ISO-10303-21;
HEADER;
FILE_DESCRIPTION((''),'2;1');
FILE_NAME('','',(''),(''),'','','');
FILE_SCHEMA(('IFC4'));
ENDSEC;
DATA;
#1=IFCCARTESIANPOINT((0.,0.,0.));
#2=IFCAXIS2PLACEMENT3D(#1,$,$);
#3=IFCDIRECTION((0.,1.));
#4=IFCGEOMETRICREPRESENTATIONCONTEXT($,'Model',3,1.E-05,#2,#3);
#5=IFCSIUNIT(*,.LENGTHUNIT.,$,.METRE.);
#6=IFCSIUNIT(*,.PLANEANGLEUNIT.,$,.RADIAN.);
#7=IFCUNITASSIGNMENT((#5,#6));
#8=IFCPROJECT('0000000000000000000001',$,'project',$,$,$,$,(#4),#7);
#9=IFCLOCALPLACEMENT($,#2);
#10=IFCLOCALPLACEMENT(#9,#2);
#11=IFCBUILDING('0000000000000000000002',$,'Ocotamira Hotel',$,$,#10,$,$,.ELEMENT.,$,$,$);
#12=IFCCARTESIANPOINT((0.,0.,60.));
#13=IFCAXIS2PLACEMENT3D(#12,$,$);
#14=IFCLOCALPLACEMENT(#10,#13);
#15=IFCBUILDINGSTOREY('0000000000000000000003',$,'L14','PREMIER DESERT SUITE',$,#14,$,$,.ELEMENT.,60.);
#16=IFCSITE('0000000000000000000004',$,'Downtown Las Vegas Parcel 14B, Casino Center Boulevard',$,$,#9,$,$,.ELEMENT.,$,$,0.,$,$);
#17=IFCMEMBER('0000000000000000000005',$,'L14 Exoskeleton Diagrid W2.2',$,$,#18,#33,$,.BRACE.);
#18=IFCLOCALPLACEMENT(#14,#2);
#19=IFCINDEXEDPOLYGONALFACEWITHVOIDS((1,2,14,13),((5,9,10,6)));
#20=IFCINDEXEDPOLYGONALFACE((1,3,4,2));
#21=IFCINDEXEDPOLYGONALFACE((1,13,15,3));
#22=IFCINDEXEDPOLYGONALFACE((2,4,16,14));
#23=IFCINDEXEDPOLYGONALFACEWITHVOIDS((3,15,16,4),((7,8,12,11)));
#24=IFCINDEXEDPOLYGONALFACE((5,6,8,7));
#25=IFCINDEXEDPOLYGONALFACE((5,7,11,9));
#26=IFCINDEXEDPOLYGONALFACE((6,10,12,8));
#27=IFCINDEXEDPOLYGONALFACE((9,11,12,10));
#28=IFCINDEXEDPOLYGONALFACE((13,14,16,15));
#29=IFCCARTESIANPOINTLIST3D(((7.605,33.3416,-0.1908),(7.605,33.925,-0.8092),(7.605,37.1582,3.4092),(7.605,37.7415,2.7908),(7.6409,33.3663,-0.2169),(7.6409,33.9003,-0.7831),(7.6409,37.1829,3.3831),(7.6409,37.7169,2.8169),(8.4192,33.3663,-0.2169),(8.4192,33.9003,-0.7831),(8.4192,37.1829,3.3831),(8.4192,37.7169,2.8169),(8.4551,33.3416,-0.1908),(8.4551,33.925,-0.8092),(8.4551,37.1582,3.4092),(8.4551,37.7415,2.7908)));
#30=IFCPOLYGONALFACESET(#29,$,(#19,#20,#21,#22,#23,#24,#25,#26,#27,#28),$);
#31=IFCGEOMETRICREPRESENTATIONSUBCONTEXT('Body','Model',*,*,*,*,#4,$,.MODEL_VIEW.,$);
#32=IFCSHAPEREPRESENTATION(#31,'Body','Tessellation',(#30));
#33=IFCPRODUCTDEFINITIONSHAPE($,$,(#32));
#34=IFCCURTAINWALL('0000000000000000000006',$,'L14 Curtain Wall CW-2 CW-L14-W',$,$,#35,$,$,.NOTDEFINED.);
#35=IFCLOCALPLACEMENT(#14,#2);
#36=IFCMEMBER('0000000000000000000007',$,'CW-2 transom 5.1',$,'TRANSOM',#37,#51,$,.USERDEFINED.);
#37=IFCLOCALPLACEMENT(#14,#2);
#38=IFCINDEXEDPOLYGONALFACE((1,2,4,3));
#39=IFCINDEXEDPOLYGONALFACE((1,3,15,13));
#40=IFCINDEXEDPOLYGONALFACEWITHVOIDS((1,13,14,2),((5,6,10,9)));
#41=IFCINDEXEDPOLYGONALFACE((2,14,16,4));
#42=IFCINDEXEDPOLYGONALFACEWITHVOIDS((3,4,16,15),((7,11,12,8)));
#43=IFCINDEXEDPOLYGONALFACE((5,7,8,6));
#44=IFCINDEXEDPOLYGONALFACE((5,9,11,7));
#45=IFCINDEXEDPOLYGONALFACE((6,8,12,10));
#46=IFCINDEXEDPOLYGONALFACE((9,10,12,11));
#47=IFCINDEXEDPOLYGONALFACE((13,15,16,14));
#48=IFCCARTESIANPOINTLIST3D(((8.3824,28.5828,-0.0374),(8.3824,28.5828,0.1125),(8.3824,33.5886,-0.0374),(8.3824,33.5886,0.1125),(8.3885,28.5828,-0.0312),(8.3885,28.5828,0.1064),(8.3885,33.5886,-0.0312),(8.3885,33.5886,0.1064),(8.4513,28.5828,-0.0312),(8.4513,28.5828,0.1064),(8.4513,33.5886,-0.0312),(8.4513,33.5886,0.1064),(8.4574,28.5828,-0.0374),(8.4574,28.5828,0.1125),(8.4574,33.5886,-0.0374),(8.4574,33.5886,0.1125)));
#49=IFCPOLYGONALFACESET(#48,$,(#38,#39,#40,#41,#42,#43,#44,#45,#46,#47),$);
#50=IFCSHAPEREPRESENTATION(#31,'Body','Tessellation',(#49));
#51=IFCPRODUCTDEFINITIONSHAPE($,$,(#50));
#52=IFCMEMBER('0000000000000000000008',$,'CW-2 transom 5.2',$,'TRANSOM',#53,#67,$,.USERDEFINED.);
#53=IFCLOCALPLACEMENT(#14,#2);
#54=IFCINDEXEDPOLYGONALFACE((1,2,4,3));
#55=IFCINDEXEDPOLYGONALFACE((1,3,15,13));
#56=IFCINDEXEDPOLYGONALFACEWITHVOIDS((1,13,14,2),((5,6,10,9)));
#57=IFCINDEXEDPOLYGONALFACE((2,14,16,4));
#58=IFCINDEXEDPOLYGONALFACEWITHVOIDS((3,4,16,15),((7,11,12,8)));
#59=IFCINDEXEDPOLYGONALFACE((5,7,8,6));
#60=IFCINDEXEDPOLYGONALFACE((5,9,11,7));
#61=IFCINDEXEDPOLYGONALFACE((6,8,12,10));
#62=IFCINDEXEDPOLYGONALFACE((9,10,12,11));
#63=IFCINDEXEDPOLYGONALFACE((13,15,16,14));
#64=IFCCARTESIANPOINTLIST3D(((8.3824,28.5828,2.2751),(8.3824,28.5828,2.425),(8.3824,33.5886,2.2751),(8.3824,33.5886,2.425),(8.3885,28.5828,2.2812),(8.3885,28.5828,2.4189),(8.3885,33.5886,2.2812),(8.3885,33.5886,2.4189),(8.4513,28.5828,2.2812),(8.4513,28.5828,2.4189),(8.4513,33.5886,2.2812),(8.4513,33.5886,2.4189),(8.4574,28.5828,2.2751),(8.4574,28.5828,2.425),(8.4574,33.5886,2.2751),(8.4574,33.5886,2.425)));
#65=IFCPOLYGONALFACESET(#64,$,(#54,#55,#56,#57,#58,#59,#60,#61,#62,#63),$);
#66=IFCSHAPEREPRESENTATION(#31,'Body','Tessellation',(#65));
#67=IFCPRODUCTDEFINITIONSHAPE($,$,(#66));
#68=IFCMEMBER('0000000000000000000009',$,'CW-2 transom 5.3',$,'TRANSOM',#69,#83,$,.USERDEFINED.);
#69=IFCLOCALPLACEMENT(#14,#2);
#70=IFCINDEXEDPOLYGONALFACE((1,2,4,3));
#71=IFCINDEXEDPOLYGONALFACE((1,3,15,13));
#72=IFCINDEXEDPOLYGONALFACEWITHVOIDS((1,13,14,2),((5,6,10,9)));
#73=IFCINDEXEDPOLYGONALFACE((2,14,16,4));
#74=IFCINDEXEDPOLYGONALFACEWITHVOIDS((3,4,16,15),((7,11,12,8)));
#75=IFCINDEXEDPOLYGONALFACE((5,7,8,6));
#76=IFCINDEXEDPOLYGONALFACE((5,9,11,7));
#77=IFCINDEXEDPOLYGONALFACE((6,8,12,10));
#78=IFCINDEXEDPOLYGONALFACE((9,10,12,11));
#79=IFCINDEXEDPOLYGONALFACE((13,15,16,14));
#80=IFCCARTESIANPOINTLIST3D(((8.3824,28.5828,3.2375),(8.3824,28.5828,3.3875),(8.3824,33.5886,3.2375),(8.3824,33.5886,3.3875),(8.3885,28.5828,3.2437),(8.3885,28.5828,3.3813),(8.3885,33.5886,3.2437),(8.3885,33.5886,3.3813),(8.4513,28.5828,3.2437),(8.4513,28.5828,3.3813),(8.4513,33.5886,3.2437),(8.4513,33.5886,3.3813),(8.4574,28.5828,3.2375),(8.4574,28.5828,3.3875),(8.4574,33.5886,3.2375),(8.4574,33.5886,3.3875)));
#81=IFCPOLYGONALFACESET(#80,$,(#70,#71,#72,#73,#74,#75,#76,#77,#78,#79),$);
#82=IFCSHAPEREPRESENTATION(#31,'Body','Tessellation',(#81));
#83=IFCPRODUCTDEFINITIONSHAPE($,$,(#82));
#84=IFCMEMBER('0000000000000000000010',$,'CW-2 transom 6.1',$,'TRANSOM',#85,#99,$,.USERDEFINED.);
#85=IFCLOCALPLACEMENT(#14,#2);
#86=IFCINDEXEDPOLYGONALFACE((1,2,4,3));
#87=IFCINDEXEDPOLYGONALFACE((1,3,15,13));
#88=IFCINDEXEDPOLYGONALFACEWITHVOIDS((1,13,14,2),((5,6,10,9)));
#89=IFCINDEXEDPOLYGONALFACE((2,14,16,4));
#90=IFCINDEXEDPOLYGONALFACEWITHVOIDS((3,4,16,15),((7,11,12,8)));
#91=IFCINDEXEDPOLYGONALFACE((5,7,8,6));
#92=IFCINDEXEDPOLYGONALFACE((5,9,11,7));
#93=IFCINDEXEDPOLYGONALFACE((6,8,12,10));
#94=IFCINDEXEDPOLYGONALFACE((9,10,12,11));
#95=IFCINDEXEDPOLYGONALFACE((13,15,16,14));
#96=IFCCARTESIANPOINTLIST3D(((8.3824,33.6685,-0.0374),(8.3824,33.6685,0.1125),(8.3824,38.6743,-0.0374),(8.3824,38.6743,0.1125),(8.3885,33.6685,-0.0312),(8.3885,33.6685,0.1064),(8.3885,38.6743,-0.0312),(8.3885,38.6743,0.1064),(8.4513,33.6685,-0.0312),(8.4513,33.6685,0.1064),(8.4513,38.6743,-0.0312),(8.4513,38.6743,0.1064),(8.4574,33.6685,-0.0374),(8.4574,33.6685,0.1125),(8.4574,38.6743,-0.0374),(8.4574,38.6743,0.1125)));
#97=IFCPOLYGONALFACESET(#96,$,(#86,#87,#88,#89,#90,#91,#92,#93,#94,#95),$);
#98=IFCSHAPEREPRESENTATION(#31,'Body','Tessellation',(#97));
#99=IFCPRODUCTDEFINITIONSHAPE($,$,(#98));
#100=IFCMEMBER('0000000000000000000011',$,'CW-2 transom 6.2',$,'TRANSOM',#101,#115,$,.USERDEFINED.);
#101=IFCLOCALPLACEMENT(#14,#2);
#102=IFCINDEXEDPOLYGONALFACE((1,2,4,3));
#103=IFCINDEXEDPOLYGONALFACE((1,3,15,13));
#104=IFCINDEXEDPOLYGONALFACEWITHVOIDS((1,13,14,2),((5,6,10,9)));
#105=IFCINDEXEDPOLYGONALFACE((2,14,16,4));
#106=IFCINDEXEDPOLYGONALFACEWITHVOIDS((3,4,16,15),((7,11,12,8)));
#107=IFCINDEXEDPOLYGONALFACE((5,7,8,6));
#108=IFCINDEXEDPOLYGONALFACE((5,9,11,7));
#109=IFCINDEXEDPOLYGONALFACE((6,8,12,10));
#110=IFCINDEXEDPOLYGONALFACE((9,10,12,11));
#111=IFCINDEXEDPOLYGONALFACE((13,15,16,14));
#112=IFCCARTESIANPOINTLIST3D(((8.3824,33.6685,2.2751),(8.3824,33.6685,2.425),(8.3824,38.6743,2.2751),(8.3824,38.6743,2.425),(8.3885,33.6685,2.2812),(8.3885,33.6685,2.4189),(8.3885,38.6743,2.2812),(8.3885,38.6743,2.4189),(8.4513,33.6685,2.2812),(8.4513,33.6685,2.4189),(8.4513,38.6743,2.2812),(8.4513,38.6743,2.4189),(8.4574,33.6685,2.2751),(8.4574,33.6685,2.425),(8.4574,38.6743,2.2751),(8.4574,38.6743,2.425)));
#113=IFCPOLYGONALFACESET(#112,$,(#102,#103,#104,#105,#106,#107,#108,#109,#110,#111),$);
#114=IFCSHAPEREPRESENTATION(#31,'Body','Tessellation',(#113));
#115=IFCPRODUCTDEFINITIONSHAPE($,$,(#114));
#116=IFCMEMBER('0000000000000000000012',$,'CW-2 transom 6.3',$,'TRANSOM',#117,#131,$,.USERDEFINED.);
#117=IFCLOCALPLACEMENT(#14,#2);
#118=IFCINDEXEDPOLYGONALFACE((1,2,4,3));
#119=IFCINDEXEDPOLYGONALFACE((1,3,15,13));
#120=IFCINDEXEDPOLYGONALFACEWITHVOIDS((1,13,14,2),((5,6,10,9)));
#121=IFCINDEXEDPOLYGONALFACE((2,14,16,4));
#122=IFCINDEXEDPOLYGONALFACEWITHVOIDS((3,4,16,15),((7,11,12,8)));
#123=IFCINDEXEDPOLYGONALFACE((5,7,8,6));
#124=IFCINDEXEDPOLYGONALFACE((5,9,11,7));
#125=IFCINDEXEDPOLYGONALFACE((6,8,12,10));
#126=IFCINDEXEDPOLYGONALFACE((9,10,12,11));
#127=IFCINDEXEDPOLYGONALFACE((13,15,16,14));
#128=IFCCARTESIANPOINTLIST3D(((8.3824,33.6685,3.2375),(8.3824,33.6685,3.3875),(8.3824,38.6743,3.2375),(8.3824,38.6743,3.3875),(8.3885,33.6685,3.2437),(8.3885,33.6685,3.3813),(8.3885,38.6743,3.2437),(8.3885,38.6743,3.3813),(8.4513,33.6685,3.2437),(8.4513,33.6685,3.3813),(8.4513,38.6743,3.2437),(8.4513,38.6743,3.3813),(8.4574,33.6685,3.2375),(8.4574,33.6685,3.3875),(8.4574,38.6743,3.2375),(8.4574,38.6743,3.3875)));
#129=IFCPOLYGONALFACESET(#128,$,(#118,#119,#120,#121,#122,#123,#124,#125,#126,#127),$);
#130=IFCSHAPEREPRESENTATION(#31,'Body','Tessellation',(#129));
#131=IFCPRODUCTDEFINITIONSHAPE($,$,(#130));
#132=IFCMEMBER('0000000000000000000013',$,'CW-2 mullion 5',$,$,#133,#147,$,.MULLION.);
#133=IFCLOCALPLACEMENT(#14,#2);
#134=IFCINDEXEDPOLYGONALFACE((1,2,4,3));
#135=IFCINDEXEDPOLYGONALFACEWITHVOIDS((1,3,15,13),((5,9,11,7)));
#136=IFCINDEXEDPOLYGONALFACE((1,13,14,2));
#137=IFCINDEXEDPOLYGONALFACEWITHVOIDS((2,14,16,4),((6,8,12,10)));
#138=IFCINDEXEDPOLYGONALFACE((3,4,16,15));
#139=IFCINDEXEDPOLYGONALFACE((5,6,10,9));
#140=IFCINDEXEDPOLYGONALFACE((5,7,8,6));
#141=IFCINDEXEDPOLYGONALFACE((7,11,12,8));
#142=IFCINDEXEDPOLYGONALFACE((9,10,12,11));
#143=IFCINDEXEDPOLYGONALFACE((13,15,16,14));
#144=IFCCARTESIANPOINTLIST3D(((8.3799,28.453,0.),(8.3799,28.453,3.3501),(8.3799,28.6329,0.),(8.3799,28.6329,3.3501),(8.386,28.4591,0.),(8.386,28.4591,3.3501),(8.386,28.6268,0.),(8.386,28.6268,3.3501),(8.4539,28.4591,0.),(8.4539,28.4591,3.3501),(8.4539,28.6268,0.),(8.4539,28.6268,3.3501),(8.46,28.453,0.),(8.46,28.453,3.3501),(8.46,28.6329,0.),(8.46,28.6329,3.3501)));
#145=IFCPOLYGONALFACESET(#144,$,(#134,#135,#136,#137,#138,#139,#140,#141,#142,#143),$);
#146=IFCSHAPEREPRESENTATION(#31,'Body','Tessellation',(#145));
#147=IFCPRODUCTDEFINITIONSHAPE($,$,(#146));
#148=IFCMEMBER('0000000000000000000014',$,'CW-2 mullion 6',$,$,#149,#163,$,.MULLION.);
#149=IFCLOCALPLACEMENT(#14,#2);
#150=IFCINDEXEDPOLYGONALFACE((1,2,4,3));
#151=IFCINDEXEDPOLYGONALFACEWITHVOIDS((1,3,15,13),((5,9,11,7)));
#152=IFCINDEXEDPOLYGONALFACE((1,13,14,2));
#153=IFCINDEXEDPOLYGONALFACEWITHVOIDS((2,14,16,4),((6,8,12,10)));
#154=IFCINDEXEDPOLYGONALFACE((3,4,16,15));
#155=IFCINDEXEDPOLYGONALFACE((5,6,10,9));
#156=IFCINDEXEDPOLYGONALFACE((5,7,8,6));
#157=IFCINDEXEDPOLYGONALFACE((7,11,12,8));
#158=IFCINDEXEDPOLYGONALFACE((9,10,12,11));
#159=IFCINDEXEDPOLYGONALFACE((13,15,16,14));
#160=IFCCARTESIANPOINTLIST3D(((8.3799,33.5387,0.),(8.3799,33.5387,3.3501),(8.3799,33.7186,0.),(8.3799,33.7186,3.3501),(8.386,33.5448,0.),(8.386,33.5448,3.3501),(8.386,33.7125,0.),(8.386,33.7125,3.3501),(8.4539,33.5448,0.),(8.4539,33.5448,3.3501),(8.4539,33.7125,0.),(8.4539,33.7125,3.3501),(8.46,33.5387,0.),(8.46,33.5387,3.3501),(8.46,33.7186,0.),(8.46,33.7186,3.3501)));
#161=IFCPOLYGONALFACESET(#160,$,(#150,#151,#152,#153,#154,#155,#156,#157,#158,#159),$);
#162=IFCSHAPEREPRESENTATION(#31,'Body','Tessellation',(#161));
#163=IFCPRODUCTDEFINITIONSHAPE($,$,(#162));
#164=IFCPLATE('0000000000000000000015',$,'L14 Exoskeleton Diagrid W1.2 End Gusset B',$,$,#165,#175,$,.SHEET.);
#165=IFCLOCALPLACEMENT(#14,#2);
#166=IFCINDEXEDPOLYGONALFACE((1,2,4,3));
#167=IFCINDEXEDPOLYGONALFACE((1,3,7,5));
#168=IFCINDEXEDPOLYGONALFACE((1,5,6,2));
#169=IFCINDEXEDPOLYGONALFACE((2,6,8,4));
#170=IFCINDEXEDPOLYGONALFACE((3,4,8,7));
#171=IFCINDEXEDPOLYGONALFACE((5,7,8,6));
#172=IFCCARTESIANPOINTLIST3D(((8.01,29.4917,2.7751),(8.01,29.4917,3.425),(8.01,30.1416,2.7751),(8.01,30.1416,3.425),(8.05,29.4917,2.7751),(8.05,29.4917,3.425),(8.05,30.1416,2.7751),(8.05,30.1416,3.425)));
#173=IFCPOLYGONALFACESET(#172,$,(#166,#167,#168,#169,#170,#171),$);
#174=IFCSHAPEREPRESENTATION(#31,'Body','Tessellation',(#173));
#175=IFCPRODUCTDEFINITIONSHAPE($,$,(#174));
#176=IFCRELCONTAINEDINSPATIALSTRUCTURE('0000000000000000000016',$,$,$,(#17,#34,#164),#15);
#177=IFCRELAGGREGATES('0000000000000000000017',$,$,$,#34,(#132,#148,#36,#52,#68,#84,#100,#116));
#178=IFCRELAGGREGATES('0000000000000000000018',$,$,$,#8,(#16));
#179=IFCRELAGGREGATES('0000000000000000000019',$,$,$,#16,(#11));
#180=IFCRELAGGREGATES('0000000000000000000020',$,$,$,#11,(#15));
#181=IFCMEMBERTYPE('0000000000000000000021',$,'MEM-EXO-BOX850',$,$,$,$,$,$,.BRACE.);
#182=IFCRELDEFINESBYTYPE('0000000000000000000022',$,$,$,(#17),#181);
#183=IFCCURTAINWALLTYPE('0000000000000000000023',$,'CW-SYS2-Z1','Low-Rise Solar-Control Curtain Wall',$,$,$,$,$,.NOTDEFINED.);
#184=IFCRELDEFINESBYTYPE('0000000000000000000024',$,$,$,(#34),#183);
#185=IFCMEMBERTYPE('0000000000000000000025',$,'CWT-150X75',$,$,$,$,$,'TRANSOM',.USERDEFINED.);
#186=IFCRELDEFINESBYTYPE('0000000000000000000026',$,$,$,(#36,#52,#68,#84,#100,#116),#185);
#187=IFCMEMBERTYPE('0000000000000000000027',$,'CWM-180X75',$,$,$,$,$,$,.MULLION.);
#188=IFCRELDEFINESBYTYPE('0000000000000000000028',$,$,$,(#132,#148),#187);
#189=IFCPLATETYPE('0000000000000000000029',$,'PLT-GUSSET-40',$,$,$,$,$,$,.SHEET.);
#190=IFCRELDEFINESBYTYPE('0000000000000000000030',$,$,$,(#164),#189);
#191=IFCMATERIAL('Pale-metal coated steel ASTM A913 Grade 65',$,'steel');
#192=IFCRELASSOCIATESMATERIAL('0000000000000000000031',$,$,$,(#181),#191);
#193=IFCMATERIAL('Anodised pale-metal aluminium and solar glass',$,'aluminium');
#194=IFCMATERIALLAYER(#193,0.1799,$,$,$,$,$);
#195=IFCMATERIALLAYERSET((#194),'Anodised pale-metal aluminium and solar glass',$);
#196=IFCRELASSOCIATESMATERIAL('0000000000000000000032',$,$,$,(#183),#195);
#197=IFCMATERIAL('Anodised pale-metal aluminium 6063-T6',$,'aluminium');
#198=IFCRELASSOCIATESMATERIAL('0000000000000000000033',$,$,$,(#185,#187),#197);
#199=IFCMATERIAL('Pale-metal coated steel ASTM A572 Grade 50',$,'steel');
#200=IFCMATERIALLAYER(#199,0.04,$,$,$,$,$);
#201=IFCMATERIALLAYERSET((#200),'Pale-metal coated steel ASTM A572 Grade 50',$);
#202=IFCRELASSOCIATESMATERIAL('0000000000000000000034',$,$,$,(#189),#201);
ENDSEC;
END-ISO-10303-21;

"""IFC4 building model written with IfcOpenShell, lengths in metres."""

from ifc_helpers import new_model, si_unit, direction, frame, origin, origin_2d, place, context, subcontext, project, spatial, rectangle, hollow_rectangle, extrude, source, transform, mapped, material, layer, layer_set, material_profile, profile_set, type_object, element, aggregate, save


model = new_model("IFC4")

# Units and contexts
model_context = context("Model", 3, precision=1e-05, world=origin(), true_north=direction((0.0, 1.0)))
body_context = subcontext(model_context, "Body", "Model", "MODEL_VIEW")
ifc_project = project(units=[si_unit("LENGTHUNIT", "METRE"), si_unit("PLANEANGLEUNIT", "RADIAN")], contexts=[model_context])

# Site, building, storey
site_placement = place(None, origin())
site = spatial("IfcSite", under=ifc_project, at=site_placement, Name="Downtown Las Vegas Parcel 14B, Casino Center Boulevard", CompositionType="ELEMENT", RefElevation=0.0)
building_placement = place(site_placement, origin())
building = spatial("IfcBuilding", under=site, at=building_placement, Name="Ocotamira Hotel", CompositionType="ELEMENT")
storey_placement = place(building_placement, frame((0.0, 0.0, 60.0)))
storey = spatial("IfcBuildingStorey", under=building, at=storey_placement, Name="L14", Description="PREMIER DESERT SUITE", CompositionType="ELEMENT", Elevation=60.0)

# Member
ifc_material_1 = material(Name="Pale-metal coated steel ASTM A913 Grade 65", Category="steel")
ifc_material_profile_1 = material_profile(ifc_material_1, hollow_rectangle(XDim=0.8501, YDim=0.8501, WallThickness=0.0359, at=origin_2d()), Name="BOX850X850X36")
ifc_profile_set_1 = profile_set([ifc_material_profile_1], Name="Pale-metal coated steel ASTM A913 Grade 65")
member_type_1 = type_object("IfcMemberType", Name="MEM-EXO-BOX850", PredefinedType="BRACE", material=ifc_profile_set_1)
shared_shape_1 = source(origin(), body_context, "Body", "SweptSolid", [
    extrude(hollow_rectangle(XDim=0.8501, YDim=0.8501, WallThickness=0.0359, at=origin_2d()), origin(), (0.0, 0.0, 1.0), 5.2466),
])
for number, where, z_axis, x_axis, name in (
    (1, (8.03, 33.6333, -0.5), (0.0, 0.727443, 0.686168), (-1.0, 0.0, 0.0), "L14 Exoskeleton Diagrid W2.2"),
):
    element("IfcMember", number, at=place(storey_placement, frame(where, z_axis=z_axis, x_axis=x_axis)), inside=storey, type_object=member_type_1, Name=name, PredefinedType="BRACE", context=body_context, shape_type="MappedRepresentation", body=[
        mapped(shared_shape_1, transform((0.0, 0.0, 0.0), scale=1.0)),
    ])

# Curtain wall, members
ifc_material_2 = material(Name="Anodised pale-metal aluminium and solar glass", Category="aluminium")
ifc_layer_1 = layer(ifc_material_2, 0.1799)
ifc_layer_set_1 = layer_set([ifc_layer_1], Name="Anodised pale-metal aluminium and solar glass")
curtain_wall_type = type_object("IfcCurtainWallType", Name="CW-SYS2-Z1", Description="Low-Rise Solar-Control Curtain Wall", PredefinedType="NOTDEFINED", material=ifc_layer_set_1)
curtain_wall_placement = place(storey_placement, origin())
curtain_wall = element("IfcCurtainWall", 2, at=curtain_wall_placement, inside=storey, type_object=curtain_wall_type, Name="L14 Curtain Wall CW-2 CW-L14-W", PredefinedType="NOTDEFINED")
ifc_material_3 = material(Name="Anodised pale-metal aluminium 6063-T6", Category="aluminium")
ifc_material_profile_2 = material_profile(ifc_material_3, hollow_rectangle(XDim=0.075, YDim=0.1499, WallThickness=0.0061, at=origin_2d()), Name="HSS150X75X6")
ifc_profile_set_2 = profile_set([ifc_material_profile_2], Name="Anodised pale-metal aluminium 6063-T6")
member_type_2 = type_object("IfcMemberType", Name="CWT-150X75", ElementType="TRANSOM", PredefinedType="USERDEFINED", material=ifc_profile_set_2)
shared_shape_2 = source(origin(), body_context, "Body", "SweptSolid", [
    extrude(hollow_rectangle(XDim=0.075, YDim=0.1499, WallThickness=0.0061, at=origin_2d()), origin(), (0.0, 0.0, 1.0), 5.0059),
])
member_1_placement = place(storey_placement, frame((8.4199, 28.5828, 0.0376), z_axis=(0.0, 1.0, 0.0), x_axis=(-1.0, 0.0, 0.0)))
member_1 = element("IfcMember", 3, at=member_1_placement, type_object=member_type_2, Name="CW-2 transom 5.1", ObjectType="TRANSOM", PredefinedType="USERDEFINED", context=body_context, shape_type="MappedRepresentation", body=[
    mapped(shared_shape_2, transform((0.0, 0.0, 0.0), scale=1.0)),
])
member_2_placement = place(storey_placement, frame((8.4199, 28.5828, 2.3501), z_axis=(0.0, 1.0, 0.0), x_axis=(-1.0, 0.0, 0.0)))
member_2 = element("IfcMember", 4, at=member_2_placement, type_object=member_type_2, Name="CW-2 transom 5.2", ObjectType="TRANSOM", PredefinedType="USERDEFINED", context=body_context, shape_type="MappedRepresentation", body=[
    mapped(shared_shape_2, transform((0.0, 0.0, 0.0), scale=1.0)),
])
member_3_placement = place(storey_placement, frame((8.4199, 28.5828, 3.3125), z_axis=(0.0, 1.0, 0.0), x_axis=(-1.0, 0.0, 0.0)))
member_3 = element("IfcMember", 5, at=member_3_placement, type_object=member_type_2, Name="CW-2 transom 5.3", ObjectType="TRANSOM", PredefinedType="USERDEFINED", context=body_context, shape_type="MappedRepresentation", body=[
    mapped(shared_shape_2, transform((0.0, 0.0, 0.0), scale=1.0)),
])
member_4_placement = place(storey_placement, frame((8.4199, 33.6685, 0.0376), z_axis=(0.0, 1.0, 0.0), x_axis=(-1.0, 0.0, 0.0)))
member_4 = element("IfcMember", 6, at=member_4_placement, type_object=member_type_2, Name="CW-2 transom 6.1", ObjectType="TRANSOM", PredefinedType="USERDEFINED", context=body_context, shape_type="MappedRepresentation", body=[
    mapped(shared_shape_2, transform((0.0, 0.0, 0.0), scale=1.0)),
])
member_5_placement = place(storey_placement, frame((8.4199, 33.6685, 2.3501), z_axis=(0.0, 1.0, 0.0), x_axis=(-1.0, 0.0, 0.0)))
member_5 = element("IfcMember", 7, at=member_5_placement, type_object=member_type_2, Name="CW-2 transom 6.2", ObjectType="TRANSOM", PredefinedType="USERDEFINED", context=body_context, shape_type="MappedRepresentation", body=[
    mapped(shared_shape_2, transform((0.0, 0.0, 0.0), scale=1.0)),
])
member_6_placement = place(storey_placement, frame((8.4199, 33.6685, 3.3125), z_axis=(0.0, 1.0, 0.0), x_axis=(-1.0, 0.0, 0.0)))
member_6 = element("IfcMember", 8, at=member_6_placement, type_object=member_type_2, Name="CW-2 transom 6.3", ObjectType="TRANSOM", PredefinedType="USERDEFINED", context=body_context, shape_type="MappedRepresentation", body=[
    mapped(shared_shape_2, transform((0.0, 0.0, 0.0), scale=1.0)),
])
ifc_material_profile_3 = material_profile(ifc_material_3, hollow_rectangle(XDim=0.0801, YDim=0.1799, WallThickness=0.0061, at=origin_2d()), Name="HSS180X80X6")
ifc_profile_set_3 = profile_set([ifc_material_profile_3], Name="Anodised pale-metal aluminium 6063-T6")
member_type_3 = type_object("IfcMemberType", Name="CWM-180X75", PredefinedType="MULLION", material=ifc_profile_set_3)
shared_shape_3 = source(origin(), body_context, "Body", "SweptSolid", [
    extrude(hollow_rectangle(XDim=0.0801, YDim=0.1799, WallThickness=0.0061, at=origin_2d()), origin(), (0.0, 0.0, 1.0), 3.3501),
])
member_7_placement = place(storey_placement, frame((8.4199, 28.543, 0.0), z_axis=(0.0, 0.0, 1.0), x_axis=(-1.0, 0.0, 0.0)))
member_7 = element("IfcMember", 9, at=member_7_placement, type_object=member_type_3, Name="CW-2 mullion 5", PredefinedType="MULLION", context=body_context, shape_type="MappedRepresentation", body=[
    mapped(shared_shape_3, transform((0.0, 0.0, 0.0), scale=1.0)),
])
member_8_placement = place(storey_placement, frame((8.4199, 33.6287, 0.0), z_axis=(0.0, 0.0, 1.0), x_axis=(-1.0, 0.0, 0.0)))
member_8 = element("IfcMember", 10, at=member_8_placement, type_object=member_type_3, Name="CW-2 mullion 6", PredefinedType="MULLION", context=body_context, shape_type="MappedRepresentation", body=[
    mapped(shared_shape_3, transform((0.0, 0.0, 0.0), scale=1.0)),
])

# Plate
ifc_material_4 = material(Name="Pale-metal coated steel ASTM A572 Grade 50", Category="steel")
ifc_layer_2 = layer(ifc_material_4, 0.04)
ifc_layer_set_2 = layer_set([ifc_layer_2], Name="Pale-metal coated steel ASTM A572 Grade 50")
plate_type_1 = type_object("IfcPlateType", Name="PLT-GUSSET-40", PredefinedType="SHEET", material=ifc_layer_set_2)
shared_shape_4 = source(origin(), body_context, "Body", "SweptSolid", [
    extrude(rectangle(XDim=0.04, YDim=0.6499, at=origin_2d()), origin(), (0.0, 0.0, 1.0), 0.6499),
])
plate_1_placement = place(storey_placement, frame((8.03, 29.8167, 2.7751), z_axis=(0.0, 0.0, 1.0), x_axis=(1.0, 0.0, 0.0)))
element("IfcPlate", 11, at=plate_1_placement, inside=storey, type_object=plate_type_1, Name="L14 Exoskeleton Diagrid W1.2 End Gusset B", PredefinedType="SHEET", context=body_context, shape_type="MappedRepresentation", body=[
    mapped(shared_shape_4, transform((0.0, 0.0, 0.0), scale=1.0)),
])
aggregate(curtain_wall, [member_7, member_8, member_1, member_2, member_3, member_4, member_5, member_6])

save(model, "model.ifc")
